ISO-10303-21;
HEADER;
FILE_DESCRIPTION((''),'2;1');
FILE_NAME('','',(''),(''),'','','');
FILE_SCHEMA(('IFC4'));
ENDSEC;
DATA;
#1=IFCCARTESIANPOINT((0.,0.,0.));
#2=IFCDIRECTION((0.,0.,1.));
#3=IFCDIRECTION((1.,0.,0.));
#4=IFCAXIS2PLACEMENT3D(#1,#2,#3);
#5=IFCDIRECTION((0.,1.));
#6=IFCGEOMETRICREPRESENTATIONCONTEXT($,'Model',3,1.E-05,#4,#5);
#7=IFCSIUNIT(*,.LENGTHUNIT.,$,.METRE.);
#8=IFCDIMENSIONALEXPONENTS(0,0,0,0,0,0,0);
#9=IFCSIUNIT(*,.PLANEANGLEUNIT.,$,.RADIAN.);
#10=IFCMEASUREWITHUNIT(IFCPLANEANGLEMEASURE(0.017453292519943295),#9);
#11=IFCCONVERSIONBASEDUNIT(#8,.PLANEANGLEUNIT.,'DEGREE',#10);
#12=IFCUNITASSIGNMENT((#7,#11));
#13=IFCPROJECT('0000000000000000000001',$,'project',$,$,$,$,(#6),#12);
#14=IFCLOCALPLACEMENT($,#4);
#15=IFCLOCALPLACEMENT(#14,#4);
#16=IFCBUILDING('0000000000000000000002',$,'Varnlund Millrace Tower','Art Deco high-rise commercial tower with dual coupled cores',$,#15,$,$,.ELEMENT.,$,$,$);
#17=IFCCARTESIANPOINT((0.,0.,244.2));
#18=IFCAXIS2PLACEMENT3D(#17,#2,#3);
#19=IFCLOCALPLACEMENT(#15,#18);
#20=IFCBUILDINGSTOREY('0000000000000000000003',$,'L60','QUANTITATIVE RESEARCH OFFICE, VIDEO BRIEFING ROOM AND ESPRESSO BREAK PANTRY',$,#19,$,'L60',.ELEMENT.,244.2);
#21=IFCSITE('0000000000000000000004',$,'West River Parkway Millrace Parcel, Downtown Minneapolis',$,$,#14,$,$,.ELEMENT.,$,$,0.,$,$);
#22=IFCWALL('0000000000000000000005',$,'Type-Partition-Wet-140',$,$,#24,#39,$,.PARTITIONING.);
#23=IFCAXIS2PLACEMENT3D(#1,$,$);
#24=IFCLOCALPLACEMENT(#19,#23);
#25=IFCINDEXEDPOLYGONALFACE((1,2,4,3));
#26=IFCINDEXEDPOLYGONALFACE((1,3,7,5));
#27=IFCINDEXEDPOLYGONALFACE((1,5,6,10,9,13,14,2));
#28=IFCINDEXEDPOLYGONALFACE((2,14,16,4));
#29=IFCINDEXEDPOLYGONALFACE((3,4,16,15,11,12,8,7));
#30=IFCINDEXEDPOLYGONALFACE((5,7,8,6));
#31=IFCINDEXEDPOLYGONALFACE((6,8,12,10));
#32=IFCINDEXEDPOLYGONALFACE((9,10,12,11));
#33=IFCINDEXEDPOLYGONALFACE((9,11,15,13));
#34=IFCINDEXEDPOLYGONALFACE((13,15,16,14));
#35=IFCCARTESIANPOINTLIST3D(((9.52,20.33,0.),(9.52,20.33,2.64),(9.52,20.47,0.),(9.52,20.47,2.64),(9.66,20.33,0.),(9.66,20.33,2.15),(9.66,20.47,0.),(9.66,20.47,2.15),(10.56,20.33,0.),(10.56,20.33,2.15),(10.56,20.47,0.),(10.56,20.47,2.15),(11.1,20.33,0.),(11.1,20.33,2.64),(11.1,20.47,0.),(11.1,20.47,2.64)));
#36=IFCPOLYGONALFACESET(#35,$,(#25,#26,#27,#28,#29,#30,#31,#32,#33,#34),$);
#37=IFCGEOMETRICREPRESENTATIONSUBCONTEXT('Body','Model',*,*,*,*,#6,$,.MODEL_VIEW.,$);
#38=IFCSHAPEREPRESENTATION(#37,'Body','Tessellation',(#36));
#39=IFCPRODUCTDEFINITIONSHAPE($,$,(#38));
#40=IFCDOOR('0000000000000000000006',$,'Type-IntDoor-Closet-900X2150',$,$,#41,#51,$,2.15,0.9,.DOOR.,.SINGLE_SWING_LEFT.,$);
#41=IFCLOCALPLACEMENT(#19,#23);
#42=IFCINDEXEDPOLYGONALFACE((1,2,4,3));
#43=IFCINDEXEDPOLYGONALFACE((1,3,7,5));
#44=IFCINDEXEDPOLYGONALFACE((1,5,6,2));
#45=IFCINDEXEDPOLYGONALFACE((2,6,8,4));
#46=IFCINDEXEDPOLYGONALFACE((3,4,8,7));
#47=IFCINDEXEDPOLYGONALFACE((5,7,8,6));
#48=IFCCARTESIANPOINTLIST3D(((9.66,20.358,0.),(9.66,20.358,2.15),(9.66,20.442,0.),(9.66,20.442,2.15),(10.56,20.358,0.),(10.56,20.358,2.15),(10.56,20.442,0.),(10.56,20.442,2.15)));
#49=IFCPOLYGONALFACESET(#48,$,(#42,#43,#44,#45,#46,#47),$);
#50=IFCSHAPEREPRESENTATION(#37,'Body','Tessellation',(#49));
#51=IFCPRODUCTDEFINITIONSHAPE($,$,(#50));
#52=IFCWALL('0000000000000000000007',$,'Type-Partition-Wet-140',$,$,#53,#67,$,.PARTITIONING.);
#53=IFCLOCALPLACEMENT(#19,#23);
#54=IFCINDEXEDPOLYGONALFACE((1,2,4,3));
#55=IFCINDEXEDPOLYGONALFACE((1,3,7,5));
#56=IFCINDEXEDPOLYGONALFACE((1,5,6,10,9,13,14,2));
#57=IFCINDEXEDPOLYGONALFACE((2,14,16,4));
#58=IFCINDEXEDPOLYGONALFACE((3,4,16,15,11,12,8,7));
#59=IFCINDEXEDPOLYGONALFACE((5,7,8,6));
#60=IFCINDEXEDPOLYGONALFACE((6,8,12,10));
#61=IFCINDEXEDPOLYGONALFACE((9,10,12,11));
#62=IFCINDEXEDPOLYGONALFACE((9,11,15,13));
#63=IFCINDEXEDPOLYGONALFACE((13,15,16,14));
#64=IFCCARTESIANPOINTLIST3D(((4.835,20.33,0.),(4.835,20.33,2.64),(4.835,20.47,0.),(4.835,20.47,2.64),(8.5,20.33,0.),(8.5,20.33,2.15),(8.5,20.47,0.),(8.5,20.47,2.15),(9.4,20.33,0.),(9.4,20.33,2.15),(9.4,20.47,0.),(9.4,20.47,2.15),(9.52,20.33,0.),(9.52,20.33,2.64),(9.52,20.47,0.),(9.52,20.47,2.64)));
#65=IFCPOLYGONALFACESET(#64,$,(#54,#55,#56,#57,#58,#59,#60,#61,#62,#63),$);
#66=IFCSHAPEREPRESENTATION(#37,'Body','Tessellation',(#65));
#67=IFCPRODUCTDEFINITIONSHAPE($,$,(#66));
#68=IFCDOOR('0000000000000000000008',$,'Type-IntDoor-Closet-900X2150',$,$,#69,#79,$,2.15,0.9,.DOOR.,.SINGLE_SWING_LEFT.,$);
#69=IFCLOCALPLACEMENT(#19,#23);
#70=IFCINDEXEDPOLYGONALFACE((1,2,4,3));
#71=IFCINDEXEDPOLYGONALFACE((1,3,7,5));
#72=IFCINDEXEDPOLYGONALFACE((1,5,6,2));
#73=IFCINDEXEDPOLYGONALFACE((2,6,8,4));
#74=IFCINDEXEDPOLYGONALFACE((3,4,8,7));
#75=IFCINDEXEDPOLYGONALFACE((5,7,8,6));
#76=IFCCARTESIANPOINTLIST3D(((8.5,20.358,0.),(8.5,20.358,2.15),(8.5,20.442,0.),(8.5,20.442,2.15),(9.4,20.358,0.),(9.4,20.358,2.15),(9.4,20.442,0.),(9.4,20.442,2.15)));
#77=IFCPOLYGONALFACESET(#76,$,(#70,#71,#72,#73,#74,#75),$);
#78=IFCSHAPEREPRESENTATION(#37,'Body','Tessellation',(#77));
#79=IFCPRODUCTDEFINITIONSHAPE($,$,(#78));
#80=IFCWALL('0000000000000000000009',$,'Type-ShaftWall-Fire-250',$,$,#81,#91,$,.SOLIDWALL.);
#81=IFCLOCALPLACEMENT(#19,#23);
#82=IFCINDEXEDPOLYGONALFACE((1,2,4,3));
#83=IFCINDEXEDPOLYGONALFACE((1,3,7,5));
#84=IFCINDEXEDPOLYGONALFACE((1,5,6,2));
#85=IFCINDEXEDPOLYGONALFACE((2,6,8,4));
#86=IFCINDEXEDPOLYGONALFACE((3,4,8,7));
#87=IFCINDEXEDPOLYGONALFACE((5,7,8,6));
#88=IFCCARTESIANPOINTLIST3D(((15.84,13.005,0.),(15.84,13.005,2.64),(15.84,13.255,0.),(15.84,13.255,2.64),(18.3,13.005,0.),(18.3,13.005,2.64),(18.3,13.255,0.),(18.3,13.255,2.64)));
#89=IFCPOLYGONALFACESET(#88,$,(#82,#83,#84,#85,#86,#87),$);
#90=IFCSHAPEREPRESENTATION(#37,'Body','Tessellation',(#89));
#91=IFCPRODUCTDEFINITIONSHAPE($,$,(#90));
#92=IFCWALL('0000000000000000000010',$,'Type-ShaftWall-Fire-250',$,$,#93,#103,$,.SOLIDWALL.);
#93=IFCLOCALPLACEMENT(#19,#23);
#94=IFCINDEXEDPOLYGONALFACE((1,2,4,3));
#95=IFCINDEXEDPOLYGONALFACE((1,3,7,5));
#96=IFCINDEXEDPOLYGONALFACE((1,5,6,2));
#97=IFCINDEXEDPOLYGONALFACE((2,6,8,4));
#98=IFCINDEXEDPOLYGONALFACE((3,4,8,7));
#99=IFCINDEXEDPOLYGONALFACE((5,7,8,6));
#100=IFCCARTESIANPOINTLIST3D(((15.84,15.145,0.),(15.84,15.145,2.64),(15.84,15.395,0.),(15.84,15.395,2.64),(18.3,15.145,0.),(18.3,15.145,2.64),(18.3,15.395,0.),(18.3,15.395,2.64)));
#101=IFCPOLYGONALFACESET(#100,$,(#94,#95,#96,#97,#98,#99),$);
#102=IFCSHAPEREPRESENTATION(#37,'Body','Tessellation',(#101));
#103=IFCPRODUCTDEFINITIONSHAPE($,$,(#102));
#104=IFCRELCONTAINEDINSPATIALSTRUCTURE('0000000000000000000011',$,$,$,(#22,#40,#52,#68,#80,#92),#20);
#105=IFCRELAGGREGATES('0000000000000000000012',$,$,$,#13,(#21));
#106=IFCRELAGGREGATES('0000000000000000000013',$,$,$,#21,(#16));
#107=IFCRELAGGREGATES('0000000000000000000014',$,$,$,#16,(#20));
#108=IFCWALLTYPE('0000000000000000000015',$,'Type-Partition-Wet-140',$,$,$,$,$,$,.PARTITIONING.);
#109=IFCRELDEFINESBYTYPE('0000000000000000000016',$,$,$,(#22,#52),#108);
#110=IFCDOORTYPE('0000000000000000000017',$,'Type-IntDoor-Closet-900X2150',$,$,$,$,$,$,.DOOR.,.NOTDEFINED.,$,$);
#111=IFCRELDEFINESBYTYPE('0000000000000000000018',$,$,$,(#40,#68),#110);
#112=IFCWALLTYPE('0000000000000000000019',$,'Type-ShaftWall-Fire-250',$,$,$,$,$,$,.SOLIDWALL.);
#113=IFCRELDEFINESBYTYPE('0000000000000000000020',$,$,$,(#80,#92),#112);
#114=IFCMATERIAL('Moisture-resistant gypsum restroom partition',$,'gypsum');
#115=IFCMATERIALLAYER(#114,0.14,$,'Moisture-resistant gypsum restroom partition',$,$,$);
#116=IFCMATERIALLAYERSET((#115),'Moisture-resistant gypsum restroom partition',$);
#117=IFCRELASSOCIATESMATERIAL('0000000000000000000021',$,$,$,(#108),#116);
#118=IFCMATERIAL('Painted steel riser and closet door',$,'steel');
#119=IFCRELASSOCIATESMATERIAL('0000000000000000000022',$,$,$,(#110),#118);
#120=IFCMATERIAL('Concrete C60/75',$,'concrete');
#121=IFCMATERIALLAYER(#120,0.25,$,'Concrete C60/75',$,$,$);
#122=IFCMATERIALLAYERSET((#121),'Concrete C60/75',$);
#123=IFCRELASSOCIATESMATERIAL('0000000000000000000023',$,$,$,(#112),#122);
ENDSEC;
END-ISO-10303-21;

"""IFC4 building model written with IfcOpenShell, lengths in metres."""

from ifc_helpers import new_model, entity, si_unit, converted_unit, direction, frame, origin_with_axes, origin_2d_with_axis, place, context, subcontext, project, spatial, polyline, rectangle, outline, extrude, material, layer, layer_set, type_object, element, fill, save


model = new_model("IFC4")

# Units and contexts
model_context = context("Model", 3, precision=1e-05, world=origin_with_axes(), true_north=direction((0.0, 1.0)))
body_context = subcontext(model_context, "Body", "Model", "MODEL_VIEW")
ifc_project = project(units=[si_unit("LENGTHUNIT", "METRE"), converted_unit("PLANEANGLEUNIT", "DEGREE", entity("IfcPlaneAngleMeasure", 0.017453292519943295), si_unit("PLANEANGLEUNIT", "RADIAN"), dimensions=[0, 0, 0, 0, 0, 0, 0])], contexts=[model_context])

# Site, building, storey
site_placement = place(None, origin_with_axes())
site = spatial("IfcSite", under=ifc_project, at=site_placement, Name="West River Parkway Millrace Parcel, Downtown Minneapolis", CompositionType="ELEMENT", RefElevation=0.0)
building_placement = place(site_placement, origin_with_axes())
building = spatial("IfcBuilding", under=site, at=building_placement, Name="Varnlund Millrace Tower", Description="Art Deco high-rise commercial tower with dual coupled cores", CompositionType="ELEMENT")
storey_placement = place(building_placement, frame((0.0, 0.0, 244.2), z_axis=(0.0, 0.0, 1.0), x_axis=(1.0, 0.0, 0.0)))
storey = spatial("IfcBuildingStorey", under=building, at=storey_placement, Name="L60", Description="QUANTITATIVE RESEARCH OFFICE, VIDEO BRIEFING ROOM AND ESPRESSO BREAK PANTRY", LongName="L60", CompositionType="ELEMENT", Elevation=244.2)

# Shared definitions
ifc_material_1 = material(Name="Moisture-resistant gypsum restroom partition", Category="gypsum")
ifc_layer_1 = layer(ifc_material_1, 0.14, Name="Moisture-resistant gypsum restroom partition")
ifc_layer_set_1 = layer_set([ifc_layer_1], Name="Moisture-resistant gypsum restroom partition")
wall_type_1 = type_object("IfcWallType", Name="Type-Partition-Wet-140", PredefinedType="PARTITIONING", material=ifc_layer_set_1)

# Walls, openings, doors
wall_1_placement = place(storey_placement, frame((9.52, 20.4, 0.0), z_axis=(0.0, 0.0, 1.0), x_axis=(1.0, 0.0, 0.0)))
wall_1 = element("IfcWall", 1, at=wall_1_placement, inside=storey, type_object=wall_type_1, Name="Type-Partition-Wet-140", PredefinedType="PARTITIONING", context=body_context, shape_type="SweptSolid", body=[
    extrude(outline(polyline([(0.0, -0.07), (1.58, -0.07), (1.58, 0.07), (0.0, 0.07), (0.0, -0.07)])), origin_with_axes(), (0.0, 0.0, 1.0), 2.64),
])
opening_1_placement = place(wall_1_placement, frame((0.59, 0.0, 0.0), z_axis=(0.0, 0.0, 1.0), x_axis=(1.0, 0.0, 0.0)))
opening_1 = element("IfcOpeningElement", 2, at=opening_1_placement, cuts=wall_1, PredefinedType="OPENING", context=body_context, shape_type="SweptSolid", body=[
    extrude(rectangle(XDim=0.9, YDim=0.16, at=origin_2d_with_axis()), origin_with_axes(), (0.0, 0.0, 1.0), 2.15),
])
ifc_material_2 = material(Name="Painted steel riser and closet door", Category="steel")
door_type_1 = type_object("IfcDoorType", Name="Type-IntDoor-Closet-900X2150", OperationType="NOTDEFINED", PredefinedType="DOOR", material=ifc_material_2)
door_1_placement = place(wall_1_placement, frame((0.59, 0.0, 0.0), z_axis=(0.0, 0.0, 1.0), x_axis=(1.0, 0.0, 0.0)))
door_1 = element("IfcDoor", 3, at=door_1_placement, inside=storey, type_object=door_type_1, Name="Type-IntDoor-Closet-900X2150", OperationType="SINGLE_SWING_LEFT", OverallHeight=2.15, OverallWidth=0.9, PredefinedType="DOOR", context=body_context, shape_type="SweptSolid", body=[
    extrude(rectangle(XDim=0.9, YDim=0.084, at=origin_2d_with_axis()), origin_with_axes(), (0.0, 0.0, 1.0), 2.15),
])
fill(opening_1, door_1)
wall_2_placement = place(storey_placement, frame((4.835, 20.4, 0.0), z_axis=(0.0, 0.0, 1.0), x_axis=(1.0, 0.0, 0.0)))
wall_2 = element("IfcWall", 4, at=wall_2_placement, inside=storey, type_object=wall_type_1, Name="Type-Partition-Wet-140", PredefinedType="PARTITIONING", context=body_context, shape_type="SweptSolid", body=[
    extrude(outline(polyline([(0.0, -0.07), (4.685, -0.07), (4.685, 0.07), (0.0, 0.07), (0.0, -0.07)])), origin_with_axes(), (0.0, 0.0, 1.0), 2.64),
])
opening_2_placement = place(wall_2_placement, frame((4.115, 0.0, 0.0), z_axis=(0.0, 0.0, 1.0), x_axis=(1.0, 0.0, 0.0)))
opening_2 = element("IfcOpeningElement", 5, at=opening_2_placement, cuts=wall_2, PredefinedType="OPENING", context=body_context, shape_type="SweptSolid", body=[
    extrude(rectangle(XDim=0.9, YDim=0.16, at=origin_2d_with_axis()), origin_with_axes(), (0.0, 0.0, 1.0), 2.15),
])
door_2_placement = place(wall_2_placement, frame((4.115, 0.0, 0.0), z_axis=(0.0, 0.0, 1.0), x_axis=(1.0, 0.0, 0.0)))
door_2 = element("IfcDoor", 6, at=door_2_placement, inside=storey, type_object=door_type_1, Name="Type-IntDoor-Closet-900X2150", OperationType="SINGLE_SWING_LEFT", OverallHeight=2.15, OverallWidth=0.9, PredefinedType="DOOR", context=body_context, shape_type="SweptSolid", body=[
    extrude(rectangle(XDim=0.9, YDim=0.084, at=origin_2d_with_axis()), origin_with_axes(), (0.0, 0.0, 1.0), 2.15),
])
fill(opening_2, door_2)

# Walls
ifc_material_3 = material(Name="Concrete C60/75", Category="concrete")
ifc_layer_2 = layer(ifc_material_3, 0.25, Name="Concrete C60/75")
ifc_layer_set_2 = layer_set([ifc_layer_2], Name="Concrete C60/75")
wall_type_2 = type_object("IfcWallType", Name="Type-ShaftWall-Fire-250", PredefinedType="SOLIDWALL", material=ifc_layer_set_2)
for number, where, z_axis, x_axis, name in (
    (7, (15.84, 13.13, 0.0), (0.0, 0.0, 1.0), (1.0, 0.0, 0.0), "Type-ShaftWall-Fire-250"),
    (8, (15.84, 15.27, 0.0), (0.0, 0.0, 1.0), (1.0, 0.0, 0.0), "Type-ShaftWall-Fire-250"),
):
    element("IfcWall", number, at=place(storey_placement, frame(where, z_axis=z_axis, x_axis=x_axis)), inside=storey, type_object=wall_type_2, Name=name, PredefinedType="SOLIDWALL", context=body_context, shape_type="SweptSolid", body=[
        extrude(outline(polyline([(0.0, -0.125), (2.46, -0.125), (2.46, 0.125), (0.0, 0.125), (0.0, -0.125)])), origin_with_axes(), (0.0, 0.0, 1.0), 2.64),
    ])

save(model, "model.ifc")
